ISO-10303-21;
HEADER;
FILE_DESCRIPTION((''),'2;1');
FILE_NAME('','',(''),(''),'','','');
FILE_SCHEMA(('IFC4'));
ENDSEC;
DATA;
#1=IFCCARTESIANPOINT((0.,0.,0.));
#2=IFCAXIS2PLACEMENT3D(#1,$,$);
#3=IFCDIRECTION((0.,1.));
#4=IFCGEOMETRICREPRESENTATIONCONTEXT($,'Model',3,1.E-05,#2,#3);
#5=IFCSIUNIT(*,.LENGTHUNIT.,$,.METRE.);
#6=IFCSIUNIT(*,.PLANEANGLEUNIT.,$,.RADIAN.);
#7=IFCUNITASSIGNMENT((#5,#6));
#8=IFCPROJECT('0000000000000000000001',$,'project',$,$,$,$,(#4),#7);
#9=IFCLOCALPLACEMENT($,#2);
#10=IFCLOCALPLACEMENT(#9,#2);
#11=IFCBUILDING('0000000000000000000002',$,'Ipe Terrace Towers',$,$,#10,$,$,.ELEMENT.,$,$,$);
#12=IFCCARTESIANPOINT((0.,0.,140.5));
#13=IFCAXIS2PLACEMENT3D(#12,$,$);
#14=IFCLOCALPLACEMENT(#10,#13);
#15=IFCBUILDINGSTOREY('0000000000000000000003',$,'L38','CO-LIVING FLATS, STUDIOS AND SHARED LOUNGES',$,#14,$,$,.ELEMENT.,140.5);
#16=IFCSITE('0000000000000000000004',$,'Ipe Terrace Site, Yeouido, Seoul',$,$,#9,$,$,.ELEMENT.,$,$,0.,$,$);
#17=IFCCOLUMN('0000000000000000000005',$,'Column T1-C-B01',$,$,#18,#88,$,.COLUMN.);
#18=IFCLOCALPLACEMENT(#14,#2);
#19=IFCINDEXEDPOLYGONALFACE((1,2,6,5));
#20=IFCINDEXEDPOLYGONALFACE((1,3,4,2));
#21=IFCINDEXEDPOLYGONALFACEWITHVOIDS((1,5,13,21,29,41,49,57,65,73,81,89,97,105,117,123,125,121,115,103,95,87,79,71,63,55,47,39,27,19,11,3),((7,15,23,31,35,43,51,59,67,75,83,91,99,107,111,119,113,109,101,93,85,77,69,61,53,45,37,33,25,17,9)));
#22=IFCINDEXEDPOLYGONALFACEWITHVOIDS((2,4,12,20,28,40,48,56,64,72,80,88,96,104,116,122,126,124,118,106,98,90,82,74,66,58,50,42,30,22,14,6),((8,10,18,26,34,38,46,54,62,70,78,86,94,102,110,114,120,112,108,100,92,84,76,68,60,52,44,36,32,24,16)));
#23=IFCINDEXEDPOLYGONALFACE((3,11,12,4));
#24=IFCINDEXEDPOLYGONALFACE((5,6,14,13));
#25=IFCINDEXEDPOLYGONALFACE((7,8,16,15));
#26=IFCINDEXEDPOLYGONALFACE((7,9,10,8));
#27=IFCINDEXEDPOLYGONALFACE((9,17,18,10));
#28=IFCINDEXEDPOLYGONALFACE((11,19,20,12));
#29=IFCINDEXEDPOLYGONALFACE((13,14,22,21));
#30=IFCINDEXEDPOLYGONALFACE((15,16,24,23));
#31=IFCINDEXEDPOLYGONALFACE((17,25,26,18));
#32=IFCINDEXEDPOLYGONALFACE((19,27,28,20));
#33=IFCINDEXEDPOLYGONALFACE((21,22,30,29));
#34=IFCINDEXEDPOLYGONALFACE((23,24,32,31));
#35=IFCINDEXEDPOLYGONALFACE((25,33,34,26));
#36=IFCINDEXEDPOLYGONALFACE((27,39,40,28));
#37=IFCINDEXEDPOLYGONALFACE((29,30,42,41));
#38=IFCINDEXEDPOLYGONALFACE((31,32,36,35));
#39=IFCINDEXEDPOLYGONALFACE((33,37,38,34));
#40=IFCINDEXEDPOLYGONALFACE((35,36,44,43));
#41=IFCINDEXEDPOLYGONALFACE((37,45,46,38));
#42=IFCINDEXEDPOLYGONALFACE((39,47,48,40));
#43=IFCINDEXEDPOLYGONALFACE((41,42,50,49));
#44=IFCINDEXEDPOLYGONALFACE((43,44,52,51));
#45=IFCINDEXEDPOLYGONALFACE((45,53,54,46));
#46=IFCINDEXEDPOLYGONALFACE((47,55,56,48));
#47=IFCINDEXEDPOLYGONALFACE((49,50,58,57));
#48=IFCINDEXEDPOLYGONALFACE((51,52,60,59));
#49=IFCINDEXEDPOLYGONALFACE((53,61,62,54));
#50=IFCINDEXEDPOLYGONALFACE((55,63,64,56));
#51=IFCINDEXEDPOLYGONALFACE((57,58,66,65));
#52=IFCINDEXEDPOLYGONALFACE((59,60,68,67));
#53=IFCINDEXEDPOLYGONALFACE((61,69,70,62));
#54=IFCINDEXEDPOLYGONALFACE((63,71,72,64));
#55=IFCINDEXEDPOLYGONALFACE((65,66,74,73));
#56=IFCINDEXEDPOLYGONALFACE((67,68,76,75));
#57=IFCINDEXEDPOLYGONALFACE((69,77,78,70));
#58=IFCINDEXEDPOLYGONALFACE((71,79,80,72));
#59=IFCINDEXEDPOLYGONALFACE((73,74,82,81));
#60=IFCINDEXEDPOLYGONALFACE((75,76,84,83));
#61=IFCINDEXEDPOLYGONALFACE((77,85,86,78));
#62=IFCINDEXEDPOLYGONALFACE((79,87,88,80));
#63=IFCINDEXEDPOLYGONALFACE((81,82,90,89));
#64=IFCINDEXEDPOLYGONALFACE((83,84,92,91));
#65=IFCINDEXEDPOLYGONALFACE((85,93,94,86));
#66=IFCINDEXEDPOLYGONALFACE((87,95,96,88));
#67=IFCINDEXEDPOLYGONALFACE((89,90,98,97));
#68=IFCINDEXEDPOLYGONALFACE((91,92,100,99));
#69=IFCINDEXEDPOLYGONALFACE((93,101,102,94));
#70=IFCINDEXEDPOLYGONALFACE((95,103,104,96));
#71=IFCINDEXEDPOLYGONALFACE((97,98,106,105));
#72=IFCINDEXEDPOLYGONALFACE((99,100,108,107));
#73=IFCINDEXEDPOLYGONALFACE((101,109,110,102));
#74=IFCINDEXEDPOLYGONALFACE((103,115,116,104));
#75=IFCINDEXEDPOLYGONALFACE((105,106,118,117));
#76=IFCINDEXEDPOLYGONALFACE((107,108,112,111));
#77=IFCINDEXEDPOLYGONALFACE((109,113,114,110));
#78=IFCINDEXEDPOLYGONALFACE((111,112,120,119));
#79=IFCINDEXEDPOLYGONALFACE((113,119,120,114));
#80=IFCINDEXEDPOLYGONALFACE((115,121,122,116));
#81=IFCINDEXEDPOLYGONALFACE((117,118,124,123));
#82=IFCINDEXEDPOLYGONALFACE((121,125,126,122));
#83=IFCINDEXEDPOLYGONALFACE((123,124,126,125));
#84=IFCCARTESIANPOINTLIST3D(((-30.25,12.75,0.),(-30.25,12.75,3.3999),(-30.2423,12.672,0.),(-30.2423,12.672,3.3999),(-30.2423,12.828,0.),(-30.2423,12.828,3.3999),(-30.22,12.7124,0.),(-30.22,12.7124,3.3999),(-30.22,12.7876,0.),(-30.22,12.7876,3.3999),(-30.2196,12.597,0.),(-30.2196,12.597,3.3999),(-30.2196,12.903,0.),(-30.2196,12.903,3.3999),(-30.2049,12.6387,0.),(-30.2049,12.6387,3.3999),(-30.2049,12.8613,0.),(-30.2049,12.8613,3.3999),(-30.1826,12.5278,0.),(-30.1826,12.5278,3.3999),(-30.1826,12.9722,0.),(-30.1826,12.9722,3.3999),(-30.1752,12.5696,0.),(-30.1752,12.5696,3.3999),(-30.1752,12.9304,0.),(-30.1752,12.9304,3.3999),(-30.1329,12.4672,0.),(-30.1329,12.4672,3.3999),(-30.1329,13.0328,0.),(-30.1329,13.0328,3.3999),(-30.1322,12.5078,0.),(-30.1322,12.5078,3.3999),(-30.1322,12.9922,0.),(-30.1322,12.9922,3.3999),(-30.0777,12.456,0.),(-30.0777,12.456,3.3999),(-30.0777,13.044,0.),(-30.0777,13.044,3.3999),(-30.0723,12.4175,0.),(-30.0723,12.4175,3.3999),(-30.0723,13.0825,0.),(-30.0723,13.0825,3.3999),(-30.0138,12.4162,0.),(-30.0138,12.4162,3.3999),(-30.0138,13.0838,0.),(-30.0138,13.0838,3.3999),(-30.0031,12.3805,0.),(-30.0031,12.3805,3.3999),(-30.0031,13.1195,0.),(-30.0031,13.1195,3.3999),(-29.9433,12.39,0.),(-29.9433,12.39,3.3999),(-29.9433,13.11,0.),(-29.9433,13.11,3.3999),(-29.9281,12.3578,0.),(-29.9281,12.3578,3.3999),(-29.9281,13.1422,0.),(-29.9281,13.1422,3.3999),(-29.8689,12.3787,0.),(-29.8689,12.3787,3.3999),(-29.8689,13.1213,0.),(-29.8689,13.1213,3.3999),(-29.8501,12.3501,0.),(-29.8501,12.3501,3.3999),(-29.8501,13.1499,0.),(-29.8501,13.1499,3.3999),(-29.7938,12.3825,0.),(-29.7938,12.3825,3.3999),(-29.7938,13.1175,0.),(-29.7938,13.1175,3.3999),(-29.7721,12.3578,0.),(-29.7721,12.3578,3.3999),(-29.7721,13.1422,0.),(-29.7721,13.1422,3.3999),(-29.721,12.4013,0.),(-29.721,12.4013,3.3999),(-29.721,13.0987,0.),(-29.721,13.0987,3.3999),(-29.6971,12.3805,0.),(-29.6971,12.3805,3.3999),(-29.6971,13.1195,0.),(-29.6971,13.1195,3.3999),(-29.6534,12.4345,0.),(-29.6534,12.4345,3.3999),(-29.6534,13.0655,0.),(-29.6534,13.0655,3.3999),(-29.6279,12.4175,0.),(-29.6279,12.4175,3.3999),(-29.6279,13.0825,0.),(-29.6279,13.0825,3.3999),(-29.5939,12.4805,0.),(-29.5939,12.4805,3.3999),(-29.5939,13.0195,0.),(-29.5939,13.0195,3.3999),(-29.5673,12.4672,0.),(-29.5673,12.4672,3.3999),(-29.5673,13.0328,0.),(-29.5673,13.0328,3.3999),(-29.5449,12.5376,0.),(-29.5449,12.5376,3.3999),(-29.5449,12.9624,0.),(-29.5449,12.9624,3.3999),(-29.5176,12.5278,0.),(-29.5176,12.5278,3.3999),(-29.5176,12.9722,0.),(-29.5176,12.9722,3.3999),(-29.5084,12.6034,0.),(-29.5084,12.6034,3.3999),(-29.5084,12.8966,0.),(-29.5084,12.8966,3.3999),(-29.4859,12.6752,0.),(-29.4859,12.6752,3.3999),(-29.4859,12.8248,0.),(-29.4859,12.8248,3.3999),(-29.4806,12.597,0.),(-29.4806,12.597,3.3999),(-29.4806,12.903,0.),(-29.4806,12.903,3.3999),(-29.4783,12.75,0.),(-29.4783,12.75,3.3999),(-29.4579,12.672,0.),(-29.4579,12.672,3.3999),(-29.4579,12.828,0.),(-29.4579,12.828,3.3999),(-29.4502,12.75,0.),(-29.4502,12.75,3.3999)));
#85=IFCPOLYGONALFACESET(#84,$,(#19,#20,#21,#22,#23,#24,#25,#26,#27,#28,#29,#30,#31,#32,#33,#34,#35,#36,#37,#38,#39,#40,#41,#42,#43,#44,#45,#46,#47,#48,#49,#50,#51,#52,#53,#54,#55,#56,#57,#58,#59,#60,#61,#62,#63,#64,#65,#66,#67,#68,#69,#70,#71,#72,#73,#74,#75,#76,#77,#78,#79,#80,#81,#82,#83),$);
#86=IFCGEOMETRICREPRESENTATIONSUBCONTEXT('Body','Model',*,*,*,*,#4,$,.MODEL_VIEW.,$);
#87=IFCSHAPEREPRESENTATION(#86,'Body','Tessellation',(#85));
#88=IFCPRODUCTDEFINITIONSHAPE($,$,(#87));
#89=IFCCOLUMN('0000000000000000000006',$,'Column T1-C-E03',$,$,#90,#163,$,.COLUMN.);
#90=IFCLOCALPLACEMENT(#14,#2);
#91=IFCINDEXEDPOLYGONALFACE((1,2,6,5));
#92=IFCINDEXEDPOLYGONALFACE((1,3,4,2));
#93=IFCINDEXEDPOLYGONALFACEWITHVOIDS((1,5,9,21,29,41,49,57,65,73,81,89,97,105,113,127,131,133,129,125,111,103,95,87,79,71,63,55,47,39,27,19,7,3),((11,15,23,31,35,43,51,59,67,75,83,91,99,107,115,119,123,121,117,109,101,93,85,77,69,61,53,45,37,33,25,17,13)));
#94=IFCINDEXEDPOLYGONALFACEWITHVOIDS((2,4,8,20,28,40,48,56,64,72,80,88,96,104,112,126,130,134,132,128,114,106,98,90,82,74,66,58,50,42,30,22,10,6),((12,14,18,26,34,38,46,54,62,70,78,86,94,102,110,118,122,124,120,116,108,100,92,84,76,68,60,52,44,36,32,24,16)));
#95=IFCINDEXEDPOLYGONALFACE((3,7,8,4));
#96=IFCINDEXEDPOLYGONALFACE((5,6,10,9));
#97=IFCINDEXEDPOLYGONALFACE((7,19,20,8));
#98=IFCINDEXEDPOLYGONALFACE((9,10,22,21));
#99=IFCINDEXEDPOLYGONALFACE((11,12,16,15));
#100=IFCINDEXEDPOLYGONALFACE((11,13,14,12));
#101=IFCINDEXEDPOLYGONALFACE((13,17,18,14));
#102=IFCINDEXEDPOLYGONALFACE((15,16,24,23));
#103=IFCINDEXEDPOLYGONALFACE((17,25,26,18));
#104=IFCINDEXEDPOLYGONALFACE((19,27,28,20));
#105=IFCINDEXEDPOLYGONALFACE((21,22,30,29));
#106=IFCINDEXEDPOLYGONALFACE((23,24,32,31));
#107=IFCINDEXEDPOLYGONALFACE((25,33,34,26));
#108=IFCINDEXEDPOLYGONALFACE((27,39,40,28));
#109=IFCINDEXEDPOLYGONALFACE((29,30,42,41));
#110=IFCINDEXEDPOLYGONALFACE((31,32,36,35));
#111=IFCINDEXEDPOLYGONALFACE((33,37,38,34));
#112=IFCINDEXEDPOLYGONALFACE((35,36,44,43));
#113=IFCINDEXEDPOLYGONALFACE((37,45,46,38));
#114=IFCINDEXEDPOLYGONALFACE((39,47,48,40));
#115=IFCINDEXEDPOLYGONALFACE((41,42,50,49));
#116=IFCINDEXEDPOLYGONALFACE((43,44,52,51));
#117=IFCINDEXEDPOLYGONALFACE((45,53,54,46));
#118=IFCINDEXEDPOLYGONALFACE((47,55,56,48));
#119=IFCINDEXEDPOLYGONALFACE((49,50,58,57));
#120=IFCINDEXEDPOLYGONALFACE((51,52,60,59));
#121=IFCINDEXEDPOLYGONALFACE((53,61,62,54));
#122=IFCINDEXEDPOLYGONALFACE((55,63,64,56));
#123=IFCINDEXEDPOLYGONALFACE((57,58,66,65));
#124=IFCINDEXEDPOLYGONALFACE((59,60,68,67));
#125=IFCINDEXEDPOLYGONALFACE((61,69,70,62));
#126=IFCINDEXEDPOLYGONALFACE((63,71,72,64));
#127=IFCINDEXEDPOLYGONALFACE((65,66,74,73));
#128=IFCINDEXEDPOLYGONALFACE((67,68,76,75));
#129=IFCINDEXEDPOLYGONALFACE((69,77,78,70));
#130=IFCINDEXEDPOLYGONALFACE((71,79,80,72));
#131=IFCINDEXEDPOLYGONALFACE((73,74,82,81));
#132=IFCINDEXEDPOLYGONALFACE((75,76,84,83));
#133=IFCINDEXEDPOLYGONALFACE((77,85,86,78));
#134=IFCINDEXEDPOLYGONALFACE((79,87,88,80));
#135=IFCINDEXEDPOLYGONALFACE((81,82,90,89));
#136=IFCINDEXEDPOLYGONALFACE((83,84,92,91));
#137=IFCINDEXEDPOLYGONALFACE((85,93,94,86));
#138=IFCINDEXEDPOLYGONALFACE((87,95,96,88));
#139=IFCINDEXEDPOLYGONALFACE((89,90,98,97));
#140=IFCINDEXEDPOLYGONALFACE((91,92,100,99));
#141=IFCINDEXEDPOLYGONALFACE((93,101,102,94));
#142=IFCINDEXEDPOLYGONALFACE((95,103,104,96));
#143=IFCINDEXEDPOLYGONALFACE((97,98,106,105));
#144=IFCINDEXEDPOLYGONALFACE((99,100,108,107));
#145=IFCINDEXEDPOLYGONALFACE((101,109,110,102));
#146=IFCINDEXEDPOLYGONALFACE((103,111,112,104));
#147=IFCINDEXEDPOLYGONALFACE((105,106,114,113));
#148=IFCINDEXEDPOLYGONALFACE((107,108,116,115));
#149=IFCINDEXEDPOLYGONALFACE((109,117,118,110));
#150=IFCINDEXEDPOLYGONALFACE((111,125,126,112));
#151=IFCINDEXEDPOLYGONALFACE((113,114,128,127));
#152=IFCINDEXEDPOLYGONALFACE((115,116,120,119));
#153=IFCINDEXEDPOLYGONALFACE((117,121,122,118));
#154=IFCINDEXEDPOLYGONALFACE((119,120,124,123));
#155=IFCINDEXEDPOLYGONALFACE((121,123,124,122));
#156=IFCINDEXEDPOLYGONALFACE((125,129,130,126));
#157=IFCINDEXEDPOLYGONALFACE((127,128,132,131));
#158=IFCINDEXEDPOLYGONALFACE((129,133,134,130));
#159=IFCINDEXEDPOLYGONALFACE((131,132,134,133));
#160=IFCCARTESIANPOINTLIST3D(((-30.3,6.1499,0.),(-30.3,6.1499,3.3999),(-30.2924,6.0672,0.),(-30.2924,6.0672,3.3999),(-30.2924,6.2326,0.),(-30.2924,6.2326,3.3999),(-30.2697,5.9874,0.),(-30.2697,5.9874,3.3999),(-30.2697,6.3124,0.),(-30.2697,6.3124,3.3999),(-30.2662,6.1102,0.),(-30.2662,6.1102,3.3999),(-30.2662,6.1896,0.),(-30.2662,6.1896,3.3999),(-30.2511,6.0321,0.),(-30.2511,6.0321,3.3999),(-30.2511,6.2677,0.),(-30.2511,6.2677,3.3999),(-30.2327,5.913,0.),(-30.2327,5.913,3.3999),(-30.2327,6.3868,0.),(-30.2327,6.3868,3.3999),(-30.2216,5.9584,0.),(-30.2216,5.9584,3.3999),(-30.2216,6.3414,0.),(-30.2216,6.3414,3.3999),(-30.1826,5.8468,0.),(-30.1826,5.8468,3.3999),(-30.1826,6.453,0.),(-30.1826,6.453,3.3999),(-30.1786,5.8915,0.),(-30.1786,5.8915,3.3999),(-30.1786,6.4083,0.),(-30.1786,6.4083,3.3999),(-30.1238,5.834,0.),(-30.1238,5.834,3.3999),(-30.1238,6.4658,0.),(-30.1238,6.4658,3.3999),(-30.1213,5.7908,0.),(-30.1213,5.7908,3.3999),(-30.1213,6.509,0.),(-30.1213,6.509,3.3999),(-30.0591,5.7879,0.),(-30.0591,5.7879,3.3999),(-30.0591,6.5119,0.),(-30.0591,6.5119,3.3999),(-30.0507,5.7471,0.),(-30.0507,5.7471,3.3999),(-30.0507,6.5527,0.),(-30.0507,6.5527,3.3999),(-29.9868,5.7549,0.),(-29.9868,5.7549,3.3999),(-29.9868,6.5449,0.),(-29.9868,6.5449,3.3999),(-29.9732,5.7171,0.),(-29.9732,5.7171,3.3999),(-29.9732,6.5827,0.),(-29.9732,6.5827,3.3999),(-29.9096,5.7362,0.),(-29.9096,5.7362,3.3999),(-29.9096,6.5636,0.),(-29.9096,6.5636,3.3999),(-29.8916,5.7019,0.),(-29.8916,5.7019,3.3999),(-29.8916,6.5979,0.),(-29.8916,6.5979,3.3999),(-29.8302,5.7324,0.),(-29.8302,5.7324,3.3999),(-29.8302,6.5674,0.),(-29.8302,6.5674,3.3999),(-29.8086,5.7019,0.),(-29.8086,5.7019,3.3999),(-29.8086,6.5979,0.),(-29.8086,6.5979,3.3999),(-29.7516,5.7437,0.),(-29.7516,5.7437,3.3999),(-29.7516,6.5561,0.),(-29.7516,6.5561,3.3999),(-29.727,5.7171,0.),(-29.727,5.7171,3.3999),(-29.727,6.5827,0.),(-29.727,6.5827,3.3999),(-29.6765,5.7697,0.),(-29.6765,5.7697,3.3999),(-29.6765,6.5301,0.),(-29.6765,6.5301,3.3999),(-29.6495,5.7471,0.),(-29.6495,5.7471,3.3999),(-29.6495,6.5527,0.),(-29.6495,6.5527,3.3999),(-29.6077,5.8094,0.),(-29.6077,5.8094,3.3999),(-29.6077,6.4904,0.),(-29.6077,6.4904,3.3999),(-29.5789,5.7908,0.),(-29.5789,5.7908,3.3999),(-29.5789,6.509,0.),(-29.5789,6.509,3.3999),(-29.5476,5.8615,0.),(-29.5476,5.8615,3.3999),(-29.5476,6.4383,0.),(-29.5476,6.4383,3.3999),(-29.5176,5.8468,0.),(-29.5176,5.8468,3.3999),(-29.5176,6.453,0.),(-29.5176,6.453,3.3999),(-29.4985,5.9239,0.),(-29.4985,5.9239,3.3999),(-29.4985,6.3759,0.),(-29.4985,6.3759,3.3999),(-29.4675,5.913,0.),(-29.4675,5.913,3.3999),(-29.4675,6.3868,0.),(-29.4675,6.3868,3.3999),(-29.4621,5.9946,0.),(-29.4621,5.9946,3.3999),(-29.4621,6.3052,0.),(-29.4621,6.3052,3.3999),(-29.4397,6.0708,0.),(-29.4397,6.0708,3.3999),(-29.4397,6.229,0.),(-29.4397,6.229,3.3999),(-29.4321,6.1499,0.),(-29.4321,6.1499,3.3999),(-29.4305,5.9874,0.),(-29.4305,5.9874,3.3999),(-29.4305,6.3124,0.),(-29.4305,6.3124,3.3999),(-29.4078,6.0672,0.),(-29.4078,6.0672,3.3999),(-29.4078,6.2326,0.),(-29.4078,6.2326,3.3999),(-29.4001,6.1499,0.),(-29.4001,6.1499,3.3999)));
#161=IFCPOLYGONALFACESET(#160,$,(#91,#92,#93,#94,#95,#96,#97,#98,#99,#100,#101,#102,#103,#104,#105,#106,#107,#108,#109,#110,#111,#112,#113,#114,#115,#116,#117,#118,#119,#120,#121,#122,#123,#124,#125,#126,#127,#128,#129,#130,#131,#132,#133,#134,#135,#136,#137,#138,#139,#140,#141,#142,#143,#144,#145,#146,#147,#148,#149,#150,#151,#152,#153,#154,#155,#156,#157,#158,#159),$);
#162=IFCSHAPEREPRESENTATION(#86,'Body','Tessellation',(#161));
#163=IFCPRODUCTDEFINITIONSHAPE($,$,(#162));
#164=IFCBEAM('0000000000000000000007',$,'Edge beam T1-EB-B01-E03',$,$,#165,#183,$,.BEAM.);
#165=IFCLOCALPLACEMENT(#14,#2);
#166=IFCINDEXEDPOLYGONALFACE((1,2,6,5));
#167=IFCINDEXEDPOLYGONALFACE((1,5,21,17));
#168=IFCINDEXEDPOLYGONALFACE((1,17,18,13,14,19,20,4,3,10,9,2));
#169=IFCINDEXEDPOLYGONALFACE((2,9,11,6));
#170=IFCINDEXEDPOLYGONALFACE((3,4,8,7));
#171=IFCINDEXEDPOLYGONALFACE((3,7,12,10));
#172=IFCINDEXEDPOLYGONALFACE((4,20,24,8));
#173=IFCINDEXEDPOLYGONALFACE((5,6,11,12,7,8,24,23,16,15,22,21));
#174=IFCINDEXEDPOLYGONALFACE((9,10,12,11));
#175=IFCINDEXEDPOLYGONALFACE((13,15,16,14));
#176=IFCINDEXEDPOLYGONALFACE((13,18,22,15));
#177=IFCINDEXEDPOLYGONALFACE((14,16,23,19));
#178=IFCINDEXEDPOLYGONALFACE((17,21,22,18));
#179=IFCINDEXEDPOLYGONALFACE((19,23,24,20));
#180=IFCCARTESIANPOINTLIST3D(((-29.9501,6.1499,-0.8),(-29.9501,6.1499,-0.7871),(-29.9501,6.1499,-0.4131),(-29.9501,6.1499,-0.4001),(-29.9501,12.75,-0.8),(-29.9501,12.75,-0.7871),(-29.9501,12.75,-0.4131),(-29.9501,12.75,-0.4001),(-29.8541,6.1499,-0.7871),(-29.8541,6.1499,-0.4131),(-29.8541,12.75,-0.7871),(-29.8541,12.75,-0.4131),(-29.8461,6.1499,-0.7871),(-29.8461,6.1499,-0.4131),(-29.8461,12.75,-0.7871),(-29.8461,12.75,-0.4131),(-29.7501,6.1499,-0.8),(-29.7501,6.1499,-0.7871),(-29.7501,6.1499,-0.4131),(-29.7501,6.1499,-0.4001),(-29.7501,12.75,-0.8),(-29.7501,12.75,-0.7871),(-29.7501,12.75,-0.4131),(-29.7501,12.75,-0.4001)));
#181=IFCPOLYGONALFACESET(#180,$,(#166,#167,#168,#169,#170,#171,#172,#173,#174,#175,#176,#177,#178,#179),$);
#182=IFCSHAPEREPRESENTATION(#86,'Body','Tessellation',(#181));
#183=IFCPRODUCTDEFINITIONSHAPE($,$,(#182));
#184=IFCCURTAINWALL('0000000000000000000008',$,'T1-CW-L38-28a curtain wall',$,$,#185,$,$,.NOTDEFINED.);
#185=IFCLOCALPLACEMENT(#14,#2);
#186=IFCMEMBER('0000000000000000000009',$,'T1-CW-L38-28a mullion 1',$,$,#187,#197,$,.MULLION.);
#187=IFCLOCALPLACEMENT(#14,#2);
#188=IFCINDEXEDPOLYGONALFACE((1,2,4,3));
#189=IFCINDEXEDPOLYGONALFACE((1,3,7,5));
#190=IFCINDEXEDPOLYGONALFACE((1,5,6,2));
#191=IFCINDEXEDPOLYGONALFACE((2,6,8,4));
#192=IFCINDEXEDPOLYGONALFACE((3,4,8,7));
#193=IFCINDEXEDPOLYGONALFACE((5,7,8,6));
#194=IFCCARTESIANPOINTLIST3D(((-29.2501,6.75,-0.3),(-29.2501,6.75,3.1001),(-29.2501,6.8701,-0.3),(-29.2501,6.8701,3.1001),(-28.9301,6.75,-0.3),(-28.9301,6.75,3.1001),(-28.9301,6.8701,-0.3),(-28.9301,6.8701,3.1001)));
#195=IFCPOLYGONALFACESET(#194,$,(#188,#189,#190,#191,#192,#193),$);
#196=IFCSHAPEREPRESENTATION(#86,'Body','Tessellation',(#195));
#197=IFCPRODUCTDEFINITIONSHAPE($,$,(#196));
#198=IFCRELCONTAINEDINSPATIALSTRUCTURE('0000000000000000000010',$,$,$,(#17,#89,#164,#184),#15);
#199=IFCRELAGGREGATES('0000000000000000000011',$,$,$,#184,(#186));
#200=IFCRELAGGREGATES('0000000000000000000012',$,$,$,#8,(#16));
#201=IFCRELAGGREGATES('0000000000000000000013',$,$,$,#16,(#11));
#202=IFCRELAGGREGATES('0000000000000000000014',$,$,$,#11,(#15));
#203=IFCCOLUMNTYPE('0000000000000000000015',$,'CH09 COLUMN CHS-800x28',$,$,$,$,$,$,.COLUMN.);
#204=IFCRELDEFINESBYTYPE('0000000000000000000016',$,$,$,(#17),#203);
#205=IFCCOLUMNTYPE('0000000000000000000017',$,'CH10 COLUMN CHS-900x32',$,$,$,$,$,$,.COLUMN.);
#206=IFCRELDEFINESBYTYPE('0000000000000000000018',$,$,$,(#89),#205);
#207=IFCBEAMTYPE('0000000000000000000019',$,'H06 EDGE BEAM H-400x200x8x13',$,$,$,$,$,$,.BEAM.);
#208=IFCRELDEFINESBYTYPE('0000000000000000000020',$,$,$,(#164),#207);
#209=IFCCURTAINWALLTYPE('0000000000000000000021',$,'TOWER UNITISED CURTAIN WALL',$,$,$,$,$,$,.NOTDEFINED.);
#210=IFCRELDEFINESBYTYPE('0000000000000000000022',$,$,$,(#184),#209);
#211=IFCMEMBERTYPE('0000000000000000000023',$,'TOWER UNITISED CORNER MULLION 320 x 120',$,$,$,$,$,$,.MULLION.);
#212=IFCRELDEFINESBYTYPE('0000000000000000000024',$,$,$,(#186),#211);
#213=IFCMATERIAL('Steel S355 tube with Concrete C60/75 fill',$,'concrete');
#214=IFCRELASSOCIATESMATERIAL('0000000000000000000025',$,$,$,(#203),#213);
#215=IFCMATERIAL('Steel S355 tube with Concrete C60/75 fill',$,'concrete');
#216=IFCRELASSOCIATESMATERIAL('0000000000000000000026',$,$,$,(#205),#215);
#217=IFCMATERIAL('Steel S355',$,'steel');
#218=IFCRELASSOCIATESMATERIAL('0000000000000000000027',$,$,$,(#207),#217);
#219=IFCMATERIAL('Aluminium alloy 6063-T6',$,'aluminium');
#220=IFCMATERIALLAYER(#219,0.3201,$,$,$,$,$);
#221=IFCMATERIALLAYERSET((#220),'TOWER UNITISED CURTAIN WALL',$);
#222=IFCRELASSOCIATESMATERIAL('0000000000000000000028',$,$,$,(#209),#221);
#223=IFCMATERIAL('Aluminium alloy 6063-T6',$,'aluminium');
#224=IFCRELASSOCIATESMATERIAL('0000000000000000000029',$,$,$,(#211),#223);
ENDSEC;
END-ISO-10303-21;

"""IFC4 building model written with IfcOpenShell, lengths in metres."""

from ifc_helpers import new_model, si_unit, direction, frame, origin, origin_2d, place, context, subcontext, project, spatial, rectangle, hollow_circle, i_section, extrude, material, layer, layer_set, material_profile, profile_set, type_object, element, aggregate, save


model = new_model("IFC4")

# Units and contexts
model_context = context("Model", 3, precision=1e-05, world=origin(), true_north=direction((0.0, 1.0)))
body_context = subcontext(model_context, "Body", "Model", "MODEL_VIEW")
ifc_project = project(units=[si_unit("LENGTHUNIT", "METRE"), si_unit("PLANEANGLEUNIT", "RADIAN")], contexts=[model_context])

# Site, building, storey
site_placement = place(None, origin())
site = spatial("IfcSite", under=ifc_project, at=site_placement, Name="Ipe Terrace Site, Yeouido, Seoul", CompositionType="ELEMENT", RefElevation=0.0)
building_placement = place(site_placement, origin())
building = spatial("IfcBuilding", under=site, at=building_placement, Name="Ipe Terrace Towers", CompositionType="ELEMENT")
storey_placement = place(building_placement, frame((0.0, 0.0, 140.5)))
storey = spatial("IfcBuildingStorey", under=building, at=storey_placement, Name="L38", Description="CO-LIVING FLATS, STUDIOS AND SHARED LOUNGES", CompositionType="ELEMENT", Elevation=140.5)

# Columns
ifc_material_1 = material(Name="Steel S355 tube with Concrete C60/75 fill", Category="concrete")
ifc_material_profile_1 = material_profile(ifc_material_1, hollow_circle(Radius=0.3999, WallThickness=0.0281, at=origin_2d()), Name="CHS-800x28")
ifc_profile_set_1 = profile_set([ifc_material_profile_1], Name="Steel S355 tube with Concrete C60/75 fill")
column_type_1 = type_object("IfcColumnType", Name="CH09 COLUMN CHS-800x28", PredefinedType="COLUMN", material=ifc_profile_set_1)
column_1_placement = place(storey_placement, frame((-29.8501, 12.75, 0.0), z_axis=(0.0, 0.0, 1.0), x_axis=(1.0, 0.0, 0.0)))
element("IfcColumn", 1, at=column_1_placement, inside=storey, type_object=column_type_1, Name="Column T1-C-B01", PredefinedType="COLUMN", context=body_context, shape_type="SweptSolid", body=[
    extrude(hollow_circle(Radius=0.3999, WallThickness=0.0281, at=origin_2d()), origin(), (0.0, 0.0, 1.0), 3.3999),
])
ifc_material_2 = material(Name="Steel S355 tube with Concrete C60/75 fill", Category="concrete")
ifc_material_profile_2 = material_profile(ifc_material_2, hollow_circle(Radius=0.45, WallThickness=0.032, at=origin_2d()), Name="CHS-900x32")
ifc_profile_set_2 = profile_set([ifc_material_profile_2], Name="Steel S355 tube with Concrete C60/75 fill")
column_type_2 = type_object("IfcColumnType", Name="CH10 COLUMN CHS-900x32", PredefinedType="COLUMN", material=ifc_profile_set_2)
column_2_placement = place(storey_placement, frame((-29.8501, 6.1499, 0.0), z_axis=(0.0, 0.0, 1.0), x_axis=(1.0, 0.0, 0.0)))
element("IfcColumn", 2, at=column_2_placement, inside=storey, type_object=column_type_2, Name="Column T1-C-E03", PredefinedType="COLUMN", context=body_context, shape_type="SweptSolid", body=[
    extrude(hollow_circle(Radius=0.45, WallThickness=0.032, at=origin_2d()), origin(), (0.0, 0.0, 1.0), 3.3999),
])

# Beam
ifc_material_3 = material(Name="Steel S355", Category="steel")
ifc_material_profile_3 = material_profile(ifc_material_3, i_section(OverallWidth=0.2, OverallDepth=0.3999, WebThickness=0.0081, FlangeThickness=0.0129, at=origin_2d()), Name="H-400x200x8x13")
ifc_profile_set_3 = profile_set([ifc_material_profile_3], Name="Steel S355")
beam_type = type_object("IfcBeamType", Name="H06 EDGE BEAM H-400x200x8x13", PredefinedType="BEAM", material=ifc_profile_set_3)
beam_placement = place(storey_placement, frame((-29.8501, 12.75, -0.6001), z_axis=(0.0, -1.0, 0.0), x_axis=(1.0, 0.0, 0.0)))
element("IfcBeam", 3, at=beam_placement, inside=storey, type_object=beam_type, Name="Edge beam T1-EB-B01-E03", PredefinedType="BEAM", context=body_context, shape_type="SweptSolid", body=[
    extrude(i_section(OverallWidth=0.2, OverallDepth=0.3999, WebThickness=0.0081, FlangeThickness=0.0129, at=origin_2d()), origin(), (0.0, 0.0, 1.0), 6.6001),
])

# Curtain wall, member
ifc_material_4 = material(Name="Aluminium alloy 6063-T6", Category="aluminium")
ifc_layer_1 = layer(ifc_material_4, 0.3201)
ifc_layer_set_1 = layer_set([ifc_layer_1], Name="TOWER UNITISED CURTAIN WALL")
curtain_wall_type = type_object("IfcCurtainWallType", Name="TOWER UNITISED CURTAIN WALL", PredefinedType="NOTDEFINED", material=ifc_layer_set_1)
curtain_wall_1_placement = place(storey_placement, origin())
curtain_wall_1 = element("IfcCurtainWall", 4, at=curtain_wall_1_placement, inside=storey, type_object=curtain_wall_type, Name="T1-CW-L38-28a curtain wall", PredefinedType="NOTDEFINED")
ifc_material_5 = material(Name="Aluminium alloy 6063-T6", Category="aluminium")
ifc_material_profile_4 = material_profile(ifc_material_5, rectangle(XDim=0.3201, YDim=0.1201, at=origin_2d()), Name="TOWER UNITISED CORNER MULLION 320 x 120")
ifc_profile_set_4 = profile_set([ifc_material_profile_4], Name="Aluminium alloy 6063-T6")
member_type = type_object("IfcMemberType", Name="TOWER UNITISED CORNER MULLION 320 x 120", PredefinedType="MULLION", material=ifc_profile_set_4)
member_1_placement = place(storey_placement, frame((-29.0901, 6.8101, -0.3), z_axis=(0.0, 0.0, 1.0), x_axis=(1.0, 0.0, 0.0)))
member_1 = element("IfcMember", 5, at=member_1_placement, type_object=member_type, Name="T1-CW-L38-28a mullion 1", PredefinedType="MULLION", context=body_context, shape_type="SweptSolid", body=[
    extrude(rectangle(XDim=0.3201, YDim=0.1201, at=origin_2d()), origin(), (0.0, 0.0, 1.0), 3.4001),
])

aggregate(curtain_wall_1, [member_1])

save(model, "model.ifc")
